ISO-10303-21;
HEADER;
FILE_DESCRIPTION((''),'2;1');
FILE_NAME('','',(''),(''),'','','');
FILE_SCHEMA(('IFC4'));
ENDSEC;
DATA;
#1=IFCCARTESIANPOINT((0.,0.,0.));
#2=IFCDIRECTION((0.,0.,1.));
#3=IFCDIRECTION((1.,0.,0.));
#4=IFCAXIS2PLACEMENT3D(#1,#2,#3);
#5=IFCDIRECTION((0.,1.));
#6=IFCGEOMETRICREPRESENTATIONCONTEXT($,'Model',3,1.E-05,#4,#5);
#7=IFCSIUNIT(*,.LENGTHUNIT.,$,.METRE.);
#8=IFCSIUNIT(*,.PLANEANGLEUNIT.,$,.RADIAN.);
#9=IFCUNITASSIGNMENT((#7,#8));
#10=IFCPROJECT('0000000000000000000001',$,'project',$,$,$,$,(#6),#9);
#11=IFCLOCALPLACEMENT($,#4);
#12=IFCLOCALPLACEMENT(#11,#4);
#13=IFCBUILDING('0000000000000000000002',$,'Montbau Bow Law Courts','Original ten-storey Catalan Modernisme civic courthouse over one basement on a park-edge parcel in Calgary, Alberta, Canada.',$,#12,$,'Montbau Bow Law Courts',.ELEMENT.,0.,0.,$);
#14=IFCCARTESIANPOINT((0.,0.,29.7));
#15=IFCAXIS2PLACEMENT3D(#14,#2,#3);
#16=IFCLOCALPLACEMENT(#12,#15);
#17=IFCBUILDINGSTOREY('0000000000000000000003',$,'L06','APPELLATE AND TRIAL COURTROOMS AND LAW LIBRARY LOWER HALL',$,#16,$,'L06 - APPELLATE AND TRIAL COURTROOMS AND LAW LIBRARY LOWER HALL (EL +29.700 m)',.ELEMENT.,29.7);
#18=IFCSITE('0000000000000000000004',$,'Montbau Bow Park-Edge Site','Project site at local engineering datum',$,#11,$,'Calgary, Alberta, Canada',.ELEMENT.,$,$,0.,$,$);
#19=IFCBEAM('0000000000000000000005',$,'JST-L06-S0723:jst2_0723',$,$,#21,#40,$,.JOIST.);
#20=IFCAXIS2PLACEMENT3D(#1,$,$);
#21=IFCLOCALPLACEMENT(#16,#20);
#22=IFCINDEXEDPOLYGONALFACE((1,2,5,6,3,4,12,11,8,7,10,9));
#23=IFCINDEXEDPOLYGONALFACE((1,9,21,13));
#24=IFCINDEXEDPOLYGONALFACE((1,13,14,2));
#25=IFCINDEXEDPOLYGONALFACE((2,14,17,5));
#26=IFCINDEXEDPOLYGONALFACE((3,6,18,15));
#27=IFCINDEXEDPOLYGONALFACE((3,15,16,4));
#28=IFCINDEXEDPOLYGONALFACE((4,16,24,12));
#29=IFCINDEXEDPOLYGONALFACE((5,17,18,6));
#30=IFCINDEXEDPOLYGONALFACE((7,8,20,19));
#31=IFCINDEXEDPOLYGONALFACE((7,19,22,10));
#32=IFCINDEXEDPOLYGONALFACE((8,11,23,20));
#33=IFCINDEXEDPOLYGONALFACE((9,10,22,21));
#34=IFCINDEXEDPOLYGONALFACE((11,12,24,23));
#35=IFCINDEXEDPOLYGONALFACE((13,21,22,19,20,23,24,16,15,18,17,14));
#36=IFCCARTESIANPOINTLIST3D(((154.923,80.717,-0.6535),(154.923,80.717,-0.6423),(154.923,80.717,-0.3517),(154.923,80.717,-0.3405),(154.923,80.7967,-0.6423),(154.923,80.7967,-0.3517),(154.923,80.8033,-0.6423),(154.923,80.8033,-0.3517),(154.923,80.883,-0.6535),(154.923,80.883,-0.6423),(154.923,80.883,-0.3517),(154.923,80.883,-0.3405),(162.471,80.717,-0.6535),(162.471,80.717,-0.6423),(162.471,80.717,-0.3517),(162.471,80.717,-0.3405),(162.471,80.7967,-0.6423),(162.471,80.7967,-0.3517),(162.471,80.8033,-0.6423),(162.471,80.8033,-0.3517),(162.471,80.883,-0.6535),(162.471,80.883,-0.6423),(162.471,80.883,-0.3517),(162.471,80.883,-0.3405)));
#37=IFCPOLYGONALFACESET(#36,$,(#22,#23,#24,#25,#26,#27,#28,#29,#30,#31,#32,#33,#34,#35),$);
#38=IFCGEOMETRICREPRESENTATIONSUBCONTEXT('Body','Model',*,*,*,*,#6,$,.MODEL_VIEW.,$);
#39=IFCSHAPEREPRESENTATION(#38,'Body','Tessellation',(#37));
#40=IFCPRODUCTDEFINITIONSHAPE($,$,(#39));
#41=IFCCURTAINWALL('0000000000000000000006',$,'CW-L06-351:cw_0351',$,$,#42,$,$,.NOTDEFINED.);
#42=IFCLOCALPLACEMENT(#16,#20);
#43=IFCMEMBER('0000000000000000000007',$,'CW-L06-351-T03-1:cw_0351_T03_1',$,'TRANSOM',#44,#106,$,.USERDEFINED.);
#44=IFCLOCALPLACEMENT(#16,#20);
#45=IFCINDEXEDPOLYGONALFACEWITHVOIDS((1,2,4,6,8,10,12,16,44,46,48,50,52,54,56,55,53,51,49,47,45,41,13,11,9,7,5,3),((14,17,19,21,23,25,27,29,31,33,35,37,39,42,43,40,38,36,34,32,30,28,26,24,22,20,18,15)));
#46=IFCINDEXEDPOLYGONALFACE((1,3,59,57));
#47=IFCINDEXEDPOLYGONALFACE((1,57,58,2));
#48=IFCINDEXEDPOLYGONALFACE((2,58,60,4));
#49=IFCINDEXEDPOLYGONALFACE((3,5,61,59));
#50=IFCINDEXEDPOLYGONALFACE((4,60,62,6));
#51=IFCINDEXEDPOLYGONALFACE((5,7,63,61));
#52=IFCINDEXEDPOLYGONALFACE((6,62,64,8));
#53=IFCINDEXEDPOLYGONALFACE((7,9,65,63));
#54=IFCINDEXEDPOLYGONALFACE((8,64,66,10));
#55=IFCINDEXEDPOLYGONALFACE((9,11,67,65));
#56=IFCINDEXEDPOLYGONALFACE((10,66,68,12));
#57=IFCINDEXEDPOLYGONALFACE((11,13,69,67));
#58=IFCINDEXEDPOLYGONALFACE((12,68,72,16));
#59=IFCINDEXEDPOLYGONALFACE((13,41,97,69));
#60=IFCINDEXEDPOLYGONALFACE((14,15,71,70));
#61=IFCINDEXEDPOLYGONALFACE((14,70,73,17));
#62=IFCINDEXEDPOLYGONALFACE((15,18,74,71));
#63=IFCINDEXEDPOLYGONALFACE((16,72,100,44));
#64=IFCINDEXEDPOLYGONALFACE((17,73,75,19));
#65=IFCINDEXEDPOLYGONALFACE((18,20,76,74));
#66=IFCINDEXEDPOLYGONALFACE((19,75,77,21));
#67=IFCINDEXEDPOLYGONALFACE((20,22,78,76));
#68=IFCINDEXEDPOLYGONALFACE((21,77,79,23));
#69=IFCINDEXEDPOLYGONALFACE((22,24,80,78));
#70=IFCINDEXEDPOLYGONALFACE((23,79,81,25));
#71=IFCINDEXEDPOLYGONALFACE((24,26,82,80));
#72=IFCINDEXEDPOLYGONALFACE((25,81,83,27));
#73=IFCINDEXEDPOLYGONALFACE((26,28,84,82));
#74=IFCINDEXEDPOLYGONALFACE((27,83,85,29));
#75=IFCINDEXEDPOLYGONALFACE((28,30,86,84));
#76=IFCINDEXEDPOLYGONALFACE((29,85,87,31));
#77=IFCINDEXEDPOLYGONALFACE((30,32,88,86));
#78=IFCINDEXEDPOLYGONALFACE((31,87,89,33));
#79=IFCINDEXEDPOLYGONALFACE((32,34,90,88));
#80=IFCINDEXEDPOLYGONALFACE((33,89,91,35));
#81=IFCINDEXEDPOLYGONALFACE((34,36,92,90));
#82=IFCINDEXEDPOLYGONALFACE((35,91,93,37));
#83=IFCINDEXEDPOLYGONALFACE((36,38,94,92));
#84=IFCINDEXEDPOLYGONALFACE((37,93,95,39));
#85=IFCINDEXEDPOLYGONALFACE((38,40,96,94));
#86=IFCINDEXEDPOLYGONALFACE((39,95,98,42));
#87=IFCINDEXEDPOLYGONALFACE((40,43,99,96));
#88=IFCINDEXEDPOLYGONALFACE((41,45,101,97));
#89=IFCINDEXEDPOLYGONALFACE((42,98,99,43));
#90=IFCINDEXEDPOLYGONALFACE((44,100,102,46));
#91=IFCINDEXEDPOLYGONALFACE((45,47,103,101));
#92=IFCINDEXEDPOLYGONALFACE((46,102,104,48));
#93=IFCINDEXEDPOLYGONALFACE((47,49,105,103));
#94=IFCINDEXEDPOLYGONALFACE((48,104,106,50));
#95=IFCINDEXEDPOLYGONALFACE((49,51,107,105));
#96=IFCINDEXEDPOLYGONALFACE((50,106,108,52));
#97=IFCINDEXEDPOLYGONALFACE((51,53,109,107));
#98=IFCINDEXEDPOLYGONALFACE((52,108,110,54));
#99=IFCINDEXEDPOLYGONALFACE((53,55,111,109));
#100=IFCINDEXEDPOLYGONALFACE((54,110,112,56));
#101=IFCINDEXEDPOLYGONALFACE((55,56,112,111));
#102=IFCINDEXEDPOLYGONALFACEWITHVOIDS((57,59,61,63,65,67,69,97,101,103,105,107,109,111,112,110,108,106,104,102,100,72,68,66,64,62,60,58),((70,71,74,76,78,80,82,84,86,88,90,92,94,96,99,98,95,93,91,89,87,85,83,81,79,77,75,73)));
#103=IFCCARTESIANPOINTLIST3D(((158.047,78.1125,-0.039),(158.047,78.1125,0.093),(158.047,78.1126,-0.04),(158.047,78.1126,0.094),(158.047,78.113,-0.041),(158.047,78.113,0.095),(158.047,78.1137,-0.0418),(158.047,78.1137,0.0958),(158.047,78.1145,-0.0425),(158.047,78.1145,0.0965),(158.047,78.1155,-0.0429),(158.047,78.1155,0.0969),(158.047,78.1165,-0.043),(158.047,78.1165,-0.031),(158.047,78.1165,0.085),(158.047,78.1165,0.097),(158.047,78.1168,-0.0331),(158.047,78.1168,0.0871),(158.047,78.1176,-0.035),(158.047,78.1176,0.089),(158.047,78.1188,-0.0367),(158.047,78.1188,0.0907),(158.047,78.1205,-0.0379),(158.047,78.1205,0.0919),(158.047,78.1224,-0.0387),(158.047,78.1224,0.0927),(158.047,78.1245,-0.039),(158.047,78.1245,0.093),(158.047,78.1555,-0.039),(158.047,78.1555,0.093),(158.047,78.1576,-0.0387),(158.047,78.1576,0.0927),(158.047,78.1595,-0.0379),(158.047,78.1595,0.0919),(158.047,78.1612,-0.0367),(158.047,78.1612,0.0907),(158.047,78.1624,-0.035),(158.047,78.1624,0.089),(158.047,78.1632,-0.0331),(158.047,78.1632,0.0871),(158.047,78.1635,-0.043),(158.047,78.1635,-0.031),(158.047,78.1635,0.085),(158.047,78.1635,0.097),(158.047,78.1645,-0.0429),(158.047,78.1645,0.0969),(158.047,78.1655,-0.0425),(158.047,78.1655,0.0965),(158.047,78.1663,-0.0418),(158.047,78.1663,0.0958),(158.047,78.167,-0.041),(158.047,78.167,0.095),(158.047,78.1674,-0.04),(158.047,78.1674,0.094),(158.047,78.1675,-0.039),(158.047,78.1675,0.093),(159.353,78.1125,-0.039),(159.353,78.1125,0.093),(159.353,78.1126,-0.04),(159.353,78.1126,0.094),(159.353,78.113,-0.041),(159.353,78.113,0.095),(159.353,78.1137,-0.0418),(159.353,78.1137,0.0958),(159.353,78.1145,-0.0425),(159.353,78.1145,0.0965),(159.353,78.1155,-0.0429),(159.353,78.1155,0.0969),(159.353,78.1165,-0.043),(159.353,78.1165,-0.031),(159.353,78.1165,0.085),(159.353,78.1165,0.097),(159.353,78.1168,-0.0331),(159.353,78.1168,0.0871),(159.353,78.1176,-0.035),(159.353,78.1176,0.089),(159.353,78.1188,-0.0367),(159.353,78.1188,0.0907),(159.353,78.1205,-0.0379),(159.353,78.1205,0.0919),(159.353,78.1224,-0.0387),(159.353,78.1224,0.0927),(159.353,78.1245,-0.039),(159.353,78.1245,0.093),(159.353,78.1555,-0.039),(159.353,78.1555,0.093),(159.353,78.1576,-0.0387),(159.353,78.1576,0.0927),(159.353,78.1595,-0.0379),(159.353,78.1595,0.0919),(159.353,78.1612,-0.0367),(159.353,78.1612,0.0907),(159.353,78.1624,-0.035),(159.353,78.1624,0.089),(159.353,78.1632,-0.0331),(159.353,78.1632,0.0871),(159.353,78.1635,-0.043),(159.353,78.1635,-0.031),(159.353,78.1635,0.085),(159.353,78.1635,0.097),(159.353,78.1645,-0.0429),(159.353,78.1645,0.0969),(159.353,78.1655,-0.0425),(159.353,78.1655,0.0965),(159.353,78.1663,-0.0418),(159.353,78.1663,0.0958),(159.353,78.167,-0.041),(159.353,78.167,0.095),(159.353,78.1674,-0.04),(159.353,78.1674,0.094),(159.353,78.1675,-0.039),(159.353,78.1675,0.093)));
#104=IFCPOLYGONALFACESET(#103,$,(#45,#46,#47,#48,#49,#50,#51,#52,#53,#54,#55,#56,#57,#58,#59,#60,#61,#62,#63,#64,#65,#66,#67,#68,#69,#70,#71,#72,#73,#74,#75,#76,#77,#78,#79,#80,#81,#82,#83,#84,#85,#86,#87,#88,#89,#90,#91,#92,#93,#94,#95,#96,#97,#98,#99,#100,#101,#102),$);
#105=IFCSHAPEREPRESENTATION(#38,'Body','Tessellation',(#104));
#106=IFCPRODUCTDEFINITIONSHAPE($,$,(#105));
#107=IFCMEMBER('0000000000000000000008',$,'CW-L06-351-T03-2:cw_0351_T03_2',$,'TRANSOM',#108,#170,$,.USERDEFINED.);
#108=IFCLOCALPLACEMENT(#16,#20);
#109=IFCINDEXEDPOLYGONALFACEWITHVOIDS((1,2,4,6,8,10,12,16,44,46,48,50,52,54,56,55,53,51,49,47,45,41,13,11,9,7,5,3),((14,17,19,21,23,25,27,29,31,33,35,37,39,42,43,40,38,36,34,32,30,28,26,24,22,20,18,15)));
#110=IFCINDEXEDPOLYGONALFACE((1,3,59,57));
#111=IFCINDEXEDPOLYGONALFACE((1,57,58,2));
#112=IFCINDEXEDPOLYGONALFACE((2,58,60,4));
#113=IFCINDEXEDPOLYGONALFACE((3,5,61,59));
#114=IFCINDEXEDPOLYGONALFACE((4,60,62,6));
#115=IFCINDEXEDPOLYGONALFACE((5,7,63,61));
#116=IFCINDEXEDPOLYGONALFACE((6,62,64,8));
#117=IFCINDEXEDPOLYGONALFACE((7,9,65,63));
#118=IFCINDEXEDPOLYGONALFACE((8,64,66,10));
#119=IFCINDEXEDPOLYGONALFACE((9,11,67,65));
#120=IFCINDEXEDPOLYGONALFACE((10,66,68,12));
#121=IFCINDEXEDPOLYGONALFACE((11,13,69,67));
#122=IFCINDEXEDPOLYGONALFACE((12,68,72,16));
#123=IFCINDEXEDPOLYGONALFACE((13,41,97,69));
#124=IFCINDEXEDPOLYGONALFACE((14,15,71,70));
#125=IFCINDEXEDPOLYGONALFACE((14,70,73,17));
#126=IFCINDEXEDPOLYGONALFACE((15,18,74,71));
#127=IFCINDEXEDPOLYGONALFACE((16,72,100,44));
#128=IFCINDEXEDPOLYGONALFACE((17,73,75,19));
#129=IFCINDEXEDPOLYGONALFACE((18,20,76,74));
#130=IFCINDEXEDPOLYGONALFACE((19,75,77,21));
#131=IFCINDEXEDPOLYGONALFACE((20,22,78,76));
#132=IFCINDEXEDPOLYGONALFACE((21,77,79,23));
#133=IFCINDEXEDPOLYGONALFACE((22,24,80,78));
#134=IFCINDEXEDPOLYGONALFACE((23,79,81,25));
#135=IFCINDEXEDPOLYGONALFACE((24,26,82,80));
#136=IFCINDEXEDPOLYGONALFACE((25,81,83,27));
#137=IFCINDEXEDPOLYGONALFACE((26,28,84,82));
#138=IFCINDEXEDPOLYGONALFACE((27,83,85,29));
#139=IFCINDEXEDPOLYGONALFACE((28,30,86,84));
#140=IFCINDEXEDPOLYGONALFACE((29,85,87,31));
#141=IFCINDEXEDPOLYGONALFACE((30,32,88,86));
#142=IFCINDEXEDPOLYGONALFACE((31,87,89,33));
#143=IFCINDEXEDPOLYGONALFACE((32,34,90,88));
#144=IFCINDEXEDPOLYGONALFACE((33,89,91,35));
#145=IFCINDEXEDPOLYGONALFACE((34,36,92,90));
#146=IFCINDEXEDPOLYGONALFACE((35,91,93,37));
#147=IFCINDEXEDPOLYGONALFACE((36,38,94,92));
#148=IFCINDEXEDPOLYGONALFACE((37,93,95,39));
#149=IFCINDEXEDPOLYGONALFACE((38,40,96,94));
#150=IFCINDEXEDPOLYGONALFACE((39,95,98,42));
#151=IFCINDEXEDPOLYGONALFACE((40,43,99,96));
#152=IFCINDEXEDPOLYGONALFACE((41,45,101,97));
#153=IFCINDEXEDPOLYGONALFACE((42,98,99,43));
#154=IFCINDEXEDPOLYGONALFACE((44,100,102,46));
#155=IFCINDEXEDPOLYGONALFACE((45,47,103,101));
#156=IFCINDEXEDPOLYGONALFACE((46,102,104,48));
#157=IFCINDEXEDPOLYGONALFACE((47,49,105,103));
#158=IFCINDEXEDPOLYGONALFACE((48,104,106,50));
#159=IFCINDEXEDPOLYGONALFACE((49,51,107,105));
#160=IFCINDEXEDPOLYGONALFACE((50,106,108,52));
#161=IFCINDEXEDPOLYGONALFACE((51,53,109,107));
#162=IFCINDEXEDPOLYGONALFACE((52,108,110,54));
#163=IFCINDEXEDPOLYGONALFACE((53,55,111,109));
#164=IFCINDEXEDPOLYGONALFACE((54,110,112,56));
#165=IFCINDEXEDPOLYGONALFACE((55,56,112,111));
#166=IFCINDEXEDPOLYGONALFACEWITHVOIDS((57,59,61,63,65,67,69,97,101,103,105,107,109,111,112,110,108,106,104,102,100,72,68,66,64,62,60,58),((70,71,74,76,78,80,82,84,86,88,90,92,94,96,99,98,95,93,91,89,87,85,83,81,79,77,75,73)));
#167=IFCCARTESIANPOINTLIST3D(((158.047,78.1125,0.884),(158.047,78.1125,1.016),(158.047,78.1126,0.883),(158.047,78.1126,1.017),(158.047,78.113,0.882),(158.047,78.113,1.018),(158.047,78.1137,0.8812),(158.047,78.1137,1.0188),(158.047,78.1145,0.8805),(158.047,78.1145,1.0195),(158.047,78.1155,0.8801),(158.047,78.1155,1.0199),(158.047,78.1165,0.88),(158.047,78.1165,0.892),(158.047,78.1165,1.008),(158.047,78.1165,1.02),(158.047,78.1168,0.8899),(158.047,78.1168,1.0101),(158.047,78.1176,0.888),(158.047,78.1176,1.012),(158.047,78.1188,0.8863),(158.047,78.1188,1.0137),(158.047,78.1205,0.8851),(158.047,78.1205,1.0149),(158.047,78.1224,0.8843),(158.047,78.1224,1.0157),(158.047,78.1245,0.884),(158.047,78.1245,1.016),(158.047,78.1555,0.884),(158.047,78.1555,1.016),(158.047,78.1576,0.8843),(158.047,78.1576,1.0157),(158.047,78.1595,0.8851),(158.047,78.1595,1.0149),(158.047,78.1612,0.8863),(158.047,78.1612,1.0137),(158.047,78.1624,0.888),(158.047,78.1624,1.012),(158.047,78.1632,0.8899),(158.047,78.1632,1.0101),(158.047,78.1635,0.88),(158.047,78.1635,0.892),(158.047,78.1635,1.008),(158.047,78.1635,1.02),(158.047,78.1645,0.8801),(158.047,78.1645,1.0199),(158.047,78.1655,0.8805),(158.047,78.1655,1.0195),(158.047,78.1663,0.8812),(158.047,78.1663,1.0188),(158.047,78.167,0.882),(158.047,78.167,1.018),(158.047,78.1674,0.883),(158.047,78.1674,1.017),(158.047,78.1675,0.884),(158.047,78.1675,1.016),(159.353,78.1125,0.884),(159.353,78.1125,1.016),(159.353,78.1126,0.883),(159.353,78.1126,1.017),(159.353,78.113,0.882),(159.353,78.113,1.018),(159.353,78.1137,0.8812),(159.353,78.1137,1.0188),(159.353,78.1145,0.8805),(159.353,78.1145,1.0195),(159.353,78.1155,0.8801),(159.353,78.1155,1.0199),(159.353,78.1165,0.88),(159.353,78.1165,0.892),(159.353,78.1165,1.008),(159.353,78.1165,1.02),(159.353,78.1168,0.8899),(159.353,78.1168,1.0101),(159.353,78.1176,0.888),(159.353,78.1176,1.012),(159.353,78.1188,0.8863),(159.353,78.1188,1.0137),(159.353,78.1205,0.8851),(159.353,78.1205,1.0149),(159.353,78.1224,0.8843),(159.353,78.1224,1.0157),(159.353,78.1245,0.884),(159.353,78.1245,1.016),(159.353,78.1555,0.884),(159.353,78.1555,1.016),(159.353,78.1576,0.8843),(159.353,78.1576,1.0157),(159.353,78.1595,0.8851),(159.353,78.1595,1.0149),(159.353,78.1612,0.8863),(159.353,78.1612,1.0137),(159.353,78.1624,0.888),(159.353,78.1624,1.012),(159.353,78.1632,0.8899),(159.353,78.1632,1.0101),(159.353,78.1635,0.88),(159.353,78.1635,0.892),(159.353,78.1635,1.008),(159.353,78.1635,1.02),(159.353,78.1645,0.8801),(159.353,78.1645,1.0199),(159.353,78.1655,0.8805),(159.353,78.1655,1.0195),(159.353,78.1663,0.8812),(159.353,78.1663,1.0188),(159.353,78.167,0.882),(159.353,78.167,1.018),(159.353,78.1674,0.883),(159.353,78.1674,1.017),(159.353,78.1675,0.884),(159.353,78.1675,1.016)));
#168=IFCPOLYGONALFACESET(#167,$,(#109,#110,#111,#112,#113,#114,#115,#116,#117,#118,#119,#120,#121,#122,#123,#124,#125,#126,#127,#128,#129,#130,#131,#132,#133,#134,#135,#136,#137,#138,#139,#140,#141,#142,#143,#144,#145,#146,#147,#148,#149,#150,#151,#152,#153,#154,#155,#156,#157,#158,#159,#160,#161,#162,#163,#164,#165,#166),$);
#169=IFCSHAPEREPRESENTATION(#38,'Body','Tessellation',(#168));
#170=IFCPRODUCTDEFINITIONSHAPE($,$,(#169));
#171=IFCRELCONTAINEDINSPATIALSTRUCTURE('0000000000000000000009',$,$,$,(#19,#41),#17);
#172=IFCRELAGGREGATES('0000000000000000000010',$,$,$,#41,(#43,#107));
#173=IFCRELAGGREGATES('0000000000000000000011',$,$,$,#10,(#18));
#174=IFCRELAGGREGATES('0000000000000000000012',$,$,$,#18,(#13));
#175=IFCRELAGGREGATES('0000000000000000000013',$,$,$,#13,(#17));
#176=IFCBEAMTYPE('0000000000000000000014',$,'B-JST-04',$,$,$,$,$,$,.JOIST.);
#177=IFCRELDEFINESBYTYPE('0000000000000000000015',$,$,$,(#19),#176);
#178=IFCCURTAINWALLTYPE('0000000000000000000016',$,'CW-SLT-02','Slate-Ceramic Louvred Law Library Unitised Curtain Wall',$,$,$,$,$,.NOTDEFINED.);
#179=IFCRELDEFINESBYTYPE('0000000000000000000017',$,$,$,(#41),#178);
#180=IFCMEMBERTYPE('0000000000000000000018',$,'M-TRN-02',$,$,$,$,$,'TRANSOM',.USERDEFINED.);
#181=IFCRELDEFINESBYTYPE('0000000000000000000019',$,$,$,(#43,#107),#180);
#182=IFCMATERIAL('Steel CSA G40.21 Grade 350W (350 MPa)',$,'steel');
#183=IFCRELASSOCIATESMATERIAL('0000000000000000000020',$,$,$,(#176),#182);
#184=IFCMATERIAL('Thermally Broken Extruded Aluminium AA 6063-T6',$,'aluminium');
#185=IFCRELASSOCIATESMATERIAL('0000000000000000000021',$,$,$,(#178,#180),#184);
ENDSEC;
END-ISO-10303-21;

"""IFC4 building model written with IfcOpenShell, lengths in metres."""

from ifc_helpers import new_model, si_unit, direction, frame, origin_with_axes, origin_2d_with_axis, place, context, subcontext, project, spatial, hollow_rectangle, i_section, extrude, material, material_profile, profile_set, type_object, element, aggregate, save


model = new_model("IFC4")

# Units and contexts
model_context = context("Model", 3, precision=1e-05, world=origin_with_axes(), true_north=direction((0.0, 1.0)))
body_context = subcontext(model_context, "Body", "Model", "MODEL_VIEW")
ifc_project = project(units=[si_unit("LENGTHUNIT", "METRE"), si_unit("PLANEANGLEUNIT", "RADIAN")], contexts=[model_context])

# Site, building, storey
site_placement = place(None, origin_with_axes())
site = spatial("IfcSite", under=ifc_project, at=site_placement, Name="Montbau Bow Park-Edge Site", Description="Project site at local engineering datum", LongName="Calgary, Alberta, Canada", CompositionType="ELEMENT", RefElevation=0.0)
building_placement = place(site_placement, origin_with_axes())
building = spatial("IfcBuilding", under=site, at=building_placement, Name="Montbau Bow Law Courts", Description="Original ten-storey Catalan Modernisme civic courthouse over one basement on a park-edge parcel in Calgary, Alberta, Canada.", LongName="Montbau Bow Law Courts", CompositionType="ELEMENT", ElevationOfRefHeight=0.0, ElevationOfTerrain=0.0)
storey_placement = place(building_placement, frame((0.0, 0.0, 29.7), z_axis=(0.0, 0.0, 1.0), x_axis=(1.0, 0.0, 0.0)))
storey = spatial("IfcBuildingStorey", under=building, at=storey_placement, Name="L06", Description="APPELLATE AND TRIAL COURTROOMS AND LAW LIBRARY LOWER HALL", LongName="L06 - APPELLATE AND TRIAL COURTROOMS AND LAW LIBRARY LOWER HALL (EL +29.700 m)", CompositionType="ELEMENT", Elevation=29.7)

# Shared definitions
ifc_material_1 = material(Name="Steel CSA G40.21 Grade 350W (350 MPa)", Category="steel")

# Beam
ifc_material_profile_1 = material_profile(ifc_material_1, i_section(OverallWidth=0.166, OverallDepth=0.313, WebThickness=0.0066, FlangeThickness=0.0112, at=origin_2d_with_axis()), Name="W310X45", Category="Main", Priority=0)
ifc_profile_set_1 = profile_set([ifc_material_profile_1], Name="Steel CSA G40.21 Grade 350W (350 MPa)")
beam_type_1 = type_object("IfcBeamType", Name="B-JST-04", PredefinedType="JOIST", material=ifc_profile_set_1)
beam_1_placement = place(None, frame((154.923, 80.8, 29.203), z_axis=(1.0, 0.0, 0.0), x_axis=(0.0, 1.0, 0.0)))
element("IfcBeam", 1, at=beam_1_placement, inside=storey, type_object=beam_type_1, Name="JST-L06-S0723:jst2_0723", PredefinedType="JOIST", context=body_context, shape_type="SweptSolid", body=[
    extrude(i_section(OverallWidth=0.166, OverallDepth=0.313, WebThickness=0.0066, FlangeThickness=0.0112, at=origin_2d_with_axis()), origin_with_axes(), (0.0, 0.0, 1.0), 7.548),
])

# Curtain wall, members
ifc_material_2 = material(Name="Thermally Broken Extruded Aluminium AA 6063-T6", Category="aluminium")
curtain_wall_type = type_object("IfcCurtainWallType", Name="CW-SLT-02", Description="Slate-Ceramic Louvred Law Library Unitised Curtain Wall", PredefinedType="NOTDEFINED", material=ifc_material_2)
curtain_wall_placement = place(None, frame((155.24, 78.14, 29.7), z_axis=(0.0, 0.0, 1.0), x_axis=(1.0, 0.0, 0.0)))
curtain_wall = element("IfcCurtainWall", 2, at=curtain_wall_placement, inside=storey, type_object=curtain_wall_type, Name="CW-L06-351:cw_0351", PredefinedType="NOTDEFINED")
ifc_material_profile_2 = material_profile(ifc_material_2, hollow_rectangle(XDim=0.055, YDim=0.14, WallThickness=0.004, InnerFilletRadius=0.008, OuterFilletRadius=0.004, at=origin_2d_with_axis()), Name="CWT-140X55", Category="Main", Priority=0)
ifc_profile_set_2 = profile_set([ifc_material_profile_2], Name="Thermally Broken Extruded Aluminium AA 6063-T6")
member_type = type_object("IfcMemberType", Name="M-TRN-02", ElementType="TRANSOM", PredefinedType="USERDEFINED", material=ifc_profile_set_2)
member_1_placement = place(None, frame((158.047, 78.14, 29.727), z_axis=(1.0, 0.0, 0.0), x_axis=(0.0, 1.0, 0.0)))
member_1 = element("IfcMember", 3, at=member_1_placement, type_object=member_type, Name="CW-L06-351-T03-1:cw_0351_T03_1", ObjectType="TRANSOM", PredefinedType="USERDEFINED", context=body_context, shape_type="SweptSolid", body=[
    extrude(hollow_rectangle(XDim=0.055, YDim=0.14, WallThickness=0.004, InnerFilletRadius=0.008, OuterFilletRadius=0.004, at=origin_2d_with_axis()), origin_with_axes(), (0.0, 0.0, 1.0), 1.306),
])
member_2_placement = place(None, frame((158.047, 78.14, 30.65), z_axis=(1.0, 0.0, 0.0), x_axis=(0.0, 1.0, 0.0)))
member_2 = element("IfcMember", 4, at=member_2_placement, type_object=member_type, Name="CW-L06-351-T03-2:cw_0351_T03_2", ObjectType="TRANSOM", PredefinedType="USERDEFINED", context=body_context, shape_type="SweptSolid", body=[
    extrude(hollow_rectangle(XDim=0.055, YDim=0.14, WallThickness=0.004, InnerFilletRadius=0.008, OuterFilletRadius=0.004, at=origin_2d_with_axis()), origin_with_axes(), (0.0, 0.0, 1.0), 1.306),
])
aggregate(curtain_wall, [member_1, member_2])

save(model, "model.ifc")
